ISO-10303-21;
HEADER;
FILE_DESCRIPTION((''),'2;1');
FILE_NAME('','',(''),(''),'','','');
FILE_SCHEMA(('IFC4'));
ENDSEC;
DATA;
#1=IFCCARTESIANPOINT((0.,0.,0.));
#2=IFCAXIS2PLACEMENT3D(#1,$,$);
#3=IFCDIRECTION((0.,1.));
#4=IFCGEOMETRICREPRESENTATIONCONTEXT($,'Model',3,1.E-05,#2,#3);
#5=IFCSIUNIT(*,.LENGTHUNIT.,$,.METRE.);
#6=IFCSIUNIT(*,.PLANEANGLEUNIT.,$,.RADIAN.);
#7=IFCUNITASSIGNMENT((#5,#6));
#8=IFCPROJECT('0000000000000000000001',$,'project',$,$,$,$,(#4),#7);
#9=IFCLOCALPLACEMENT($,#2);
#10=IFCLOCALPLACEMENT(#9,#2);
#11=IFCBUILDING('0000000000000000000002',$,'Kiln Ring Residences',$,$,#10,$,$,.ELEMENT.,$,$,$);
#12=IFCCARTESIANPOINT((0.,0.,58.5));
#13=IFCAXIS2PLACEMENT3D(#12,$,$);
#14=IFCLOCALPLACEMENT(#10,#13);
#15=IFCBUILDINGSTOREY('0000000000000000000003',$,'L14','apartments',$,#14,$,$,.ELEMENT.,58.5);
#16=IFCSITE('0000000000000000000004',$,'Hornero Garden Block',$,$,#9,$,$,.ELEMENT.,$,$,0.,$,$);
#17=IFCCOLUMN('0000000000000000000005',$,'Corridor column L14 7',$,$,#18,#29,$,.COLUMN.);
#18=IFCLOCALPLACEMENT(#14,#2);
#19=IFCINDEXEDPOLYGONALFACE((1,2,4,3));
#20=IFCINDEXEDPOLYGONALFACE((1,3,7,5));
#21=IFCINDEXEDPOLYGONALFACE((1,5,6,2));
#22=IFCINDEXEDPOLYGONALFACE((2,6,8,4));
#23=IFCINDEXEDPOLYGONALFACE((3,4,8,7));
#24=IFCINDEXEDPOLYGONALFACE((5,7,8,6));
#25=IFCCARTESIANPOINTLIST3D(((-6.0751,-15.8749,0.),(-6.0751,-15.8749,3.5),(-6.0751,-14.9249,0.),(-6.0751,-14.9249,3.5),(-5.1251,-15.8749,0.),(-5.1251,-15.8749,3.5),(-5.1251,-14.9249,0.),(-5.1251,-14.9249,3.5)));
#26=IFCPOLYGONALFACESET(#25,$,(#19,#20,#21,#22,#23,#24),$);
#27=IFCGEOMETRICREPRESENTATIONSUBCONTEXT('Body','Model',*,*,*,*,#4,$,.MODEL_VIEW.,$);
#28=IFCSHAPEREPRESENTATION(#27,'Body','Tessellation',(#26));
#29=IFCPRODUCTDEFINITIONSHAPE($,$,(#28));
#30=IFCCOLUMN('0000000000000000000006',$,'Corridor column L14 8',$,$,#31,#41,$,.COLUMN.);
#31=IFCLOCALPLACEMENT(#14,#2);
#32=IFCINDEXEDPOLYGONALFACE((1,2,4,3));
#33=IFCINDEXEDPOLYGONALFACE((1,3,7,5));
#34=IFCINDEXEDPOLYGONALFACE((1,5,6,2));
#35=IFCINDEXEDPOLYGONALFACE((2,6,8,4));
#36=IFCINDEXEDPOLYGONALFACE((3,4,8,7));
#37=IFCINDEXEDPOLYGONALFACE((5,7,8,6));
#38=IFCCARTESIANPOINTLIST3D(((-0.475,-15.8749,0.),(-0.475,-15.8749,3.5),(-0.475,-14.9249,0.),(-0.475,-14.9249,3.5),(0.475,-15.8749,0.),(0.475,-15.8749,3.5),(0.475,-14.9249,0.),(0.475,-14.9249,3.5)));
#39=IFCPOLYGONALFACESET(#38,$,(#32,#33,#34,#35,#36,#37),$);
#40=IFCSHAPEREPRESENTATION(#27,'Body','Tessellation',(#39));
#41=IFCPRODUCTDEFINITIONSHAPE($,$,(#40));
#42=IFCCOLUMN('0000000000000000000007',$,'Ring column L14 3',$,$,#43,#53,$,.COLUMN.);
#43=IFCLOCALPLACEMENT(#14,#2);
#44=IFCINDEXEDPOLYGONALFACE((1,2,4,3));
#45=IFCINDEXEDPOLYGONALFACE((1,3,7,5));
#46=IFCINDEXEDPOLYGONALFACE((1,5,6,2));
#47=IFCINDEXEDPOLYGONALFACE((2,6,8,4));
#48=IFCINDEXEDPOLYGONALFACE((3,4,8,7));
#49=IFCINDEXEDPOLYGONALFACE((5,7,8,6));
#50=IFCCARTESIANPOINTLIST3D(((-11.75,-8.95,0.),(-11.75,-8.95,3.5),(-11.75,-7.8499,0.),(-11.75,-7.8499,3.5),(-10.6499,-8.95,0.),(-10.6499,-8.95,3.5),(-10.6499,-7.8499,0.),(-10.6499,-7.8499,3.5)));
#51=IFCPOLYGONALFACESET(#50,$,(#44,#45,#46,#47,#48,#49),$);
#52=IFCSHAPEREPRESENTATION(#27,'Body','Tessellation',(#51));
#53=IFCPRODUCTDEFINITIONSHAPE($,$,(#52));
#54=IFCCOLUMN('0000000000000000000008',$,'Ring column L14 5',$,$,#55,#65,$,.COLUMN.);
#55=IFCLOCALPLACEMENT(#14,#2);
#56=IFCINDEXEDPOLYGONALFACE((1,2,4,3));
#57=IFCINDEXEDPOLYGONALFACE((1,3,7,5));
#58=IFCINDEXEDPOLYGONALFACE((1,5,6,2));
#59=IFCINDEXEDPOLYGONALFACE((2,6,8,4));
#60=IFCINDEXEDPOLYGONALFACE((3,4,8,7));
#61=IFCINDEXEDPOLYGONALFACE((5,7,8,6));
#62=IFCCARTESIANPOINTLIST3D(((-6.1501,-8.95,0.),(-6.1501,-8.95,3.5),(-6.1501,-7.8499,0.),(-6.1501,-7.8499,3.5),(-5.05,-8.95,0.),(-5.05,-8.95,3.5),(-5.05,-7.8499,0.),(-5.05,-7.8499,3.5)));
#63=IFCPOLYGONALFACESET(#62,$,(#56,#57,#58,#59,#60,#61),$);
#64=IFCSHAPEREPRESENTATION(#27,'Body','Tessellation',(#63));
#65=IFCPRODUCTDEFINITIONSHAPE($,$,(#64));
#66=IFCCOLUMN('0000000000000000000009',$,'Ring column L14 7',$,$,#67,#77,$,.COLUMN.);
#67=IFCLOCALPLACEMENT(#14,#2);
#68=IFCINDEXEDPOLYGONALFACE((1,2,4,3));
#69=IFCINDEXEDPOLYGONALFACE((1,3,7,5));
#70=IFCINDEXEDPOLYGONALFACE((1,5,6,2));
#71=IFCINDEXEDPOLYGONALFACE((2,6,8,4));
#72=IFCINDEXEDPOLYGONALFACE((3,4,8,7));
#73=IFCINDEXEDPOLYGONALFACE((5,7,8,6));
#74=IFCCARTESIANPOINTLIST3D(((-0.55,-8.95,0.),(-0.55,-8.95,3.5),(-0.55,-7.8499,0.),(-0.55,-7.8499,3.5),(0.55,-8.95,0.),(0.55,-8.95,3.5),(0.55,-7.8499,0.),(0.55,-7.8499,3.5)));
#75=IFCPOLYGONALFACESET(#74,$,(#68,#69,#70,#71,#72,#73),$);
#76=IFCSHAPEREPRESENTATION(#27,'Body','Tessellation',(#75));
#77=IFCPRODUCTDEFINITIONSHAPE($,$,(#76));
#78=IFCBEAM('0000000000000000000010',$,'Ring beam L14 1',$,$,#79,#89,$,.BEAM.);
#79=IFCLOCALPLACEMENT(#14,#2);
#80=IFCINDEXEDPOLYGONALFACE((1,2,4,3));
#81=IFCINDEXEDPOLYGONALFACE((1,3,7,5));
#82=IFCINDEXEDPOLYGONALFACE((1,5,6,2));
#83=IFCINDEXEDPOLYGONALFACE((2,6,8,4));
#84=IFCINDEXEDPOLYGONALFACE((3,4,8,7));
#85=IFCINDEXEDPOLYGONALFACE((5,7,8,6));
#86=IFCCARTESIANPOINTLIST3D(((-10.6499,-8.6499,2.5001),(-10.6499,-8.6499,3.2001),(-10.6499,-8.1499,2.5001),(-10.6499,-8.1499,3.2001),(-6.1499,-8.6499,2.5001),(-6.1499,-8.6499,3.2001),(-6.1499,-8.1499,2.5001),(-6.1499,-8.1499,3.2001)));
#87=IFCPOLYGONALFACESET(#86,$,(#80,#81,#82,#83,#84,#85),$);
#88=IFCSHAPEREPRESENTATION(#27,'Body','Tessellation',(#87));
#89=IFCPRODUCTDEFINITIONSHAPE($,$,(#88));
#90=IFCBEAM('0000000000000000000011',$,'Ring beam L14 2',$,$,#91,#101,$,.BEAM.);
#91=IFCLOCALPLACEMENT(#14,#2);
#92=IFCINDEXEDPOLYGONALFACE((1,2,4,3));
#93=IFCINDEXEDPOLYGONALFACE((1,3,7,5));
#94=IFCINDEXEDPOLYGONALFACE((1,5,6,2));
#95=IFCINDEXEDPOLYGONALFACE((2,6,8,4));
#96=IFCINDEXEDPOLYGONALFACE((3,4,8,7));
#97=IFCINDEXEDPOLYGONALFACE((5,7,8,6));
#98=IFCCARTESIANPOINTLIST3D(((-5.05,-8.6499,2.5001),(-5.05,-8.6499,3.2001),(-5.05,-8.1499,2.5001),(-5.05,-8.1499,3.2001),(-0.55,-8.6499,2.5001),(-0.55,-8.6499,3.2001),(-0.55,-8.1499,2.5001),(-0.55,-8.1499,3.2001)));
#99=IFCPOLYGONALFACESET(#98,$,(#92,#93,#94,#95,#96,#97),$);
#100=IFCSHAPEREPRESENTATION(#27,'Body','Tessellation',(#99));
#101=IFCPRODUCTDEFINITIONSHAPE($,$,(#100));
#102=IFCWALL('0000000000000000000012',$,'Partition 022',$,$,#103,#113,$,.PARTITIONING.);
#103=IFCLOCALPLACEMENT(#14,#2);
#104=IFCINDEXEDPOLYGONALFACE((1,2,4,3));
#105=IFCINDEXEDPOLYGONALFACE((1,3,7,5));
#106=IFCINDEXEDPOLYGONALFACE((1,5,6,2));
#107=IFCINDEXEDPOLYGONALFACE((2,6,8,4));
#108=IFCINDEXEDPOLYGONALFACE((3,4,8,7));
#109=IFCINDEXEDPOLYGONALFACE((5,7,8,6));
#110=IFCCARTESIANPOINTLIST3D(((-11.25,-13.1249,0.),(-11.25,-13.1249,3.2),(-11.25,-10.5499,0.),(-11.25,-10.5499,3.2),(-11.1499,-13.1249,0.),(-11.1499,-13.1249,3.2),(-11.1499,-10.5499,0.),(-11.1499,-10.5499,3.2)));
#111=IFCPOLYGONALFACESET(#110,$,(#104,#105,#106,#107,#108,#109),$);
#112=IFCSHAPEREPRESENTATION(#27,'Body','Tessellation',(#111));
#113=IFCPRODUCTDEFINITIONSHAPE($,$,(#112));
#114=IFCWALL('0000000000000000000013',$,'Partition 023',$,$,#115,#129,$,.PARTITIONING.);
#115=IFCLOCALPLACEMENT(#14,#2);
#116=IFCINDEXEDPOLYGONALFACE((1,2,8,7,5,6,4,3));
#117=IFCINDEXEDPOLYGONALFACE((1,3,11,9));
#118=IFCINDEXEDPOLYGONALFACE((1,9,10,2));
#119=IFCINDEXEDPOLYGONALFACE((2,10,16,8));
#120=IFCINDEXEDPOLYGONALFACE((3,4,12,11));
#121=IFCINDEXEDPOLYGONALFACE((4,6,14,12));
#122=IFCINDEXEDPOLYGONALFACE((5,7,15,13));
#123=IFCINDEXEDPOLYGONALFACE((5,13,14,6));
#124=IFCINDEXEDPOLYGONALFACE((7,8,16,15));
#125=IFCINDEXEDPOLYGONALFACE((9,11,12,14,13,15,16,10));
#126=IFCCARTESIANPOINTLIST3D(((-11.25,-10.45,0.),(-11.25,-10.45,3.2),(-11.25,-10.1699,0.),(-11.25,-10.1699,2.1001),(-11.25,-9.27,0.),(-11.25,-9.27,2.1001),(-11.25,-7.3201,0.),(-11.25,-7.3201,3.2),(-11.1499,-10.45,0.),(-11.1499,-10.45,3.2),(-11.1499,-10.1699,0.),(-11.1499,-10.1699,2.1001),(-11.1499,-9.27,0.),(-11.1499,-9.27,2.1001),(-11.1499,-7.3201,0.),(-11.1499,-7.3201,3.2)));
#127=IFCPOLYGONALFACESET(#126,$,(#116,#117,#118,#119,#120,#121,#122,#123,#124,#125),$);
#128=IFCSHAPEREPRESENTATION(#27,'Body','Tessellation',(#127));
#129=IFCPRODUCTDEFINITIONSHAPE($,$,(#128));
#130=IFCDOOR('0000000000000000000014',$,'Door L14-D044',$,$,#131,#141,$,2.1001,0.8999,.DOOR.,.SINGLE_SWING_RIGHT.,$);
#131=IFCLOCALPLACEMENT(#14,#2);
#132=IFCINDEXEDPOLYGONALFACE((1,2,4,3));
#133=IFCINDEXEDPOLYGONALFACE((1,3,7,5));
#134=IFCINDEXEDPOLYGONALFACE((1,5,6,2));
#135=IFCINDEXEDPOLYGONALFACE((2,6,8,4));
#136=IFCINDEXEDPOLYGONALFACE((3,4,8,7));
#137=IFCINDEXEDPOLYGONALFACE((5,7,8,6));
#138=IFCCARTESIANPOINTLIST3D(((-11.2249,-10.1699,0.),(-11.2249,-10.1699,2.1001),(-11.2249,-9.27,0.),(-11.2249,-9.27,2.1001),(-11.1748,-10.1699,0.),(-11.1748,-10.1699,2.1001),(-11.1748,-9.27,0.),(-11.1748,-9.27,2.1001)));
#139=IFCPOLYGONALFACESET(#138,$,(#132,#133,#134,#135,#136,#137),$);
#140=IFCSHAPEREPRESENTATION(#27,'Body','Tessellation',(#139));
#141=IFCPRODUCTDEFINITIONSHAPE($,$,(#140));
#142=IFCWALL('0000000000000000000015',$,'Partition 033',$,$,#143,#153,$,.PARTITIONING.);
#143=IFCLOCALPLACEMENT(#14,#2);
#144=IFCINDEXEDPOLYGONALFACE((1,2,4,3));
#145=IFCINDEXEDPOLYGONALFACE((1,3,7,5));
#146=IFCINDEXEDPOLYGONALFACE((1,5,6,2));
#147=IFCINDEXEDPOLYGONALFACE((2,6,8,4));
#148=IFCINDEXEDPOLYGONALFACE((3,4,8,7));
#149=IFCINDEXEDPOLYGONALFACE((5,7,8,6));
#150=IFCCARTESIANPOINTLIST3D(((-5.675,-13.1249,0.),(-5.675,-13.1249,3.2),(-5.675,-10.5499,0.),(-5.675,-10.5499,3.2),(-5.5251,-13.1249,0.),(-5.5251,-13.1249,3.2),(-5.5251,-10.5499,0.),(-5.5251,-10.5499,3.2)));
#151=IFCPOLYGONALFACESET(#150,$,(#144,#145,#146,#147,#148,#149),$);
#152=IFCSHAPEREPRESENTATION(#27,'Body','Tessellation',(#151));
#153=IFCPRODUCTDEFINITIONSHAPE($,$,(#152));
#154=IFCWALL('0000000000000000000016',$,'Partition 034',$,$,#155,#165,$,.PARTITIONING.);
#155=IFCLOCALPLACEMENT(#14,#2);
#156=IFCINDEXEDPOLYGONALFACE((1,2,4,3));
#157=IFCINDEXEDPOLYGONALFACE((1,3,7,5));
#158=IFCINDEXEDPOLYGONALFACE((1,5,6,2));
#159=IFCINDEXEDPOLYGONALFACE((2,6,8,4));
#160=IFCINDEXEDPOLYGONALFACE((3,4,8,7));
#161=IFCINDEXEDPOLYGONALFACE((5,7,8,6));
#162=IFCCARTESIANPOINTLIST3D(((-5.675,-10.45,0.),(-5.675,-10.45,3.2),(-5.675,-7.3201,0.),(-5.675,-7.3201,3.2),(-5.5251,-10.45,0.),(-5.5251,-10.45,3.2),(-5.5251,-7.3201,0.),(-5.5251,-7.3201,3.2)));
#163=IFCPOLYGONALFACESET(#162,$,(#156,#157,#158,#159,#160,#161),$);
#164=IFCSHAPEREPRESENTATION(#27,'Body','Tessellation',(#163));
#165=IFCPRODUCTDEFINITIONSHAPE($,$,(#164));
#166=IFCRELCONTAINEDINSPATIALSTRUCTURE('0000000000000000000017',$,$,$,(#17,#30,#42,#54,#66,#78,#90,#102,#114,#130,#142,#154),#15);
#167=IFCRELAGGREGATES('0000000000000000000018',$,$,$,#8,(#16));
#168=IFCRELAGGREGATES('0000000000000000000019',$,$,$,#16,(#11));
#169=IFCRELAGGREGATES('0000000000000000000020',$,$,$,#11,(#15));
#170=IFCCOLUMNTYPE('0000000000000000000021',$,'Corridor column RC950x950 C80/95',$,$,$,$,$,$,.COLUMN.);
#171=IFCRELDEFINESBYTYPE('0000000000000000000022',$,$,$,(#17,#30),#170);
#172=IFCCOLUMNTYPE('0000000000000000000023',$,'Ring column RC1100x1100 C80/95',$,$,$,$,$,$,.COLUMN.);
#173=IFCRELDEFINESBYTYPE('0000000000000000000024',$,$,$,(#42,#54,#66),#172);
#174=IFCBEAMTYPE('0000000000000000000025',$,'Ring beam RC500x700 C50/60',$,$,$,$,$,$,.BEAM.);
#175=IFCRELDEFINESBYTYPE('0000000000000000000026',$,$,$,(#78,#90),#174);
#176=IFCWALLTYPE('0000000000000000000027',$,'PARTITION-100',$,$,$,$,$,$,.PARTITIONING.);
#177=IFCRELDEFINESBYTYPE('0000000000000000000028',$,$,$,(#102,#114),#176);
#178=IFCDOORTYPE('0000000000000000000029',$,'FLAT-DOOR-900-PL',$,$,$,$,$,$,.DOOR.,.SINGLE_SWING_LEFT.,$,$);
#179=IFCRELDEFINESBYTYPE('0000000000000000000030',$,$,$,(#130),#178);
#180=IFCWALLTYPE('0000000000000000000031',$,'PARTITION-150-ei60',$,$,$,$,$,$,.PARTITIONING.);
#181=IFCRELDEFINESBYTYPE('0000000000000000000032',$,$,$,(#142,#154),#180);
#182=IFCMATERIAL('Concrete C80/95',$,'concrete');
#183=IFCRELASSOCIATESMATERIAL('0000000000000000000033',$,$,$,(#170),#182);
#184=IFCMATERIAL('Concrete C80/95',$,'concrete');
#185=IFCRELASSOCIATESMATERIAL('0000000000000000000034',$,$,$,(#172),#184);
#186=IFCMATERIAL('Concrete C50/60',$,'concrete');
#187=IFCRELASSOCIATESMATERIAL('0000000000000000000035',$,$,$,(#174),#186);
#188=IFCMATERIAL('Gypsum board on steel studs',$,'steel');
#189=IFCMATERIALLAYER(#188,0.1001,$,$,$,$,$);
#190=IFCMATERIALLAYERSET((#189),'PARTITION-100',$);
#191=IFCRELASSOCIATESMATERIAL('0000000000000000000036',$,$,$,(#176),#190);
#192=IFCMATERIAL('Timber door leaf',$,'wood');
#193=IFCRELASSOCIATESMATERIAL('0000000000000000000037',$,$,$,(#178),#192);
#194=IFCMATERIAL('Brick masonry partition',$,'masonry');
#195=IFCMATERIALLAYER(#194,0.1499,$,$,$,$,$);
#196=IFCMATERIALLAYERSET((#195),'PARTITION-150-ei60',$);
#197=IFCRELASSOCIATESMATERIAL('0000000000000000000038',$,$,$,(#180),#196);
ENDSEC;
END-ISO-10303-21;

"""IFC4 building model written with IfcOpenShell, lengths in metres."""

from ifc_helpers import new_model, si_unit, direction, frame, frame_2d, origin, origin_2d, place, context, subcontext, project, spatial, rectangle, extrude, material, layer, layer_set, material_profile, profile_set, type_object, element, fill, save


model = new_model("IFC4")

# Units and contexts
model_context = context("Model", 3, precision=1e-05, world=origin(), true_north=direction((0.0, 1.0)))
body_context = subcontext(model_context, "Body", "Model", "MODEL_VIEW")
ifc_project = project(units=[si_unit("LENGTHUNIT", "METRE"), si_unit("PLANEANGLEUNIT", "RADIAN")], contexts=[model_context])

# Site, building, storey
site_placement = place(None, origin())
site = spatial("IfcSite", under=ifc_project, at=site_placement, Name="Hornero Garden Block", CompositionType="ELEMENT", RefElevation=0.0)
building_placement = place(site_placement, origin())
building = spatial("IfcBuilding", under=site, at=building_placement, Name="Kiln Ring Residences", CompositionType="ELEMENT")
storey_placement = place(building_placement, frame((0.0, 0.0, 58.5)))
storey = spatial("IfcBuildingStorey", under=building, at=storey_placement, Name="L14", Description="apartments", CompositionType="ELEMENT", Elevation=58.5)

# Columns
ifc_material_1 = material(Name="Concrete C80/95", Category="concrete")
ifc_material_profile_1 = material_profile(ifc_material_1, rectangle(XDim=0.95, YDim=0.95, at=origin_2d()), Name="RC950x950")
ifc_profile_set_1 = profile_set([ifc_material_profile_1], Name="Concrete C80/95")
column_type_1 = type_object("IfcColumnType", Name="Corridor column RC950x950 C80/95", PredefinedType="COLUMN", material=ifc_profile_set_1)
for number, where, z_axis, x_axis, name in (
    (1, (-5.6001, -15.3999, 0.0), (0.0, 0.0, 1.0), (1.0, 0.0, 0.0), "Corridor column L14 7"),
    (2, (0.0, -15.3999, 0.0), (0.0, 0.0, 1.0), (1.0, 0.0, 0.0), "Corridor column L14 8"),
):
    element("IfcColumn", number, at=place(storey_placement, frame(where, z_axis=z_axis, x_axis=x_axis)), inside=storey, type_object=column_type_1, Name=name, PredefinedType="COLUMN", context=body_context, shape_type="SweptSolid", body=[
        extrude(rectangle(XDim=0.95, YDim=0.95, at=origin_2d()), origin(), (0.0, 0.0, 1.0), 3.5),
    ])
ifc_material_2 = material(Name="Concrete C80/95", Category="concrete")
ifc_material_profile_2 = material_profile(ifc_material_2, rectangle(XDim=1.1001, YDim=1.1001, at=origin_2d()), Name="RC1100x1100")
ifc_profile_set_2 = profile_set([ifc_material_profile_2], Name="Concrete C80/95")
column_type_2 = type_object("IfcColumnType", Name="Ring column RC1100x1100 C80/95", PredefinedType="COLUMN", material=ifc_profile_set_2)
for number, where, z_axis, x_axis, name in (
    (3, (-11.2, -8.3999, 0.0), (0.0, 0.0, 1.0), (1.0, 0.0, 0.0), "Ring column L14 3"),
    (4, (-5.6001, -8.3999, 0.0), (0.0, 0.0, 1.0), (1.0, 0.0, 0.0), "Ring column L14 5"),
    (5, (0.0, -8.3999, 0.0), (0.0, 0.0, 1.0), (1.0, 0.0, 0.0), "Ring column L14 7"),
):
    element("IfcColumn", number, at=place(storey_placement, frame(where, z_axis=z_axis, x_axis=x_axis)), inside=storey, type_object=column_type_2, Name=name, PredefinedType="COLUMN", context=body_context, shape_type="SweptSolid", body=[
        extrude(rectangle(XDim=1.1001, YDim=1.1001, at=origin_2d()), origin(), (0.0, 0.0, 1.0), 3.5),
    ])

# Beams
ifc_material_3 = material(Name="Concrete C50/60", Category="concrete")
ifc_material_profile_3 = material_profile(ifc_material_3, rectangle(XDim=0.5, YDim=0.7, at=origin_2d()), Name="RC500x700")
ifc_profile_set_3 = profile_set([ifc_material_profile_3], Name="Concrete C50/60")
beam_type = type_object("IfcBeamType", Name="Ring beam RC500x700 C50/60", PredefinedType="BEAM", material=ifc_profile_set_3)
for number, where, z_axis, x_axis, name in (
    (6, (-10.6499, -8.3999, 2.8501), (1.0, 0.0, 0.0), (0.0, 1.0, 0.0), "Ring beam L14 1"),
    (7, (-5.05, -8.3999, 2.8501), (1.0, 0.0, 0.0), (0.0, 1.0, 0.0), "Ring beam L14 2"),
):
    element("IfcBeam", number, at=place(storey_placement, frame(where, z_axis=z_axis, x_axis=x_axis)), inside=storey, type_object=beam_type, Name=name, PredefinedType="BEAM", context=body_context, shape_type="SweptSolid", body=[
        extrude(rectangle(XDim=0.5, YDim=0.7, at=origin_2d()), origin(), (0.0, 0.0, 1.0), 4.5),
    ])

# Wall
ifc_material_4 = material(Name="Gypsum board on steel studs", Category="steel")
ifc_layer_1 = layer(ifc_material_4, 0.1001)
ifc_layer_set_1 = layer_set([ifc_layer_1], Name="PARTITION-100")
wall_type_1 = type_object("IfcWallType", Name="PARTITION-100", PredefinedType="PARTITIONING", material=ifc_layer_set_1)
wall_1_placement = place(storey_placement, frame((-11.2, -13.125, 0.0), z_axis=(0.0, 0.0, 1.0), x_axis=(0.0, 1.0, 0.0)))
element("IfcWall", 8, at=wall_1_placement, inside=storey, type_object=wall_type_1, Name="Partition 022", PredefinedType="PARTITIONING", context=body_context, shape_type="SweptSolid", body=[
    extrude(rectangle(XDim=2.575, YDim=0.1001, at=frame_2d((1.2876, 0.0))), origin(), (0.0, 0.0, 1.0), 3.2),
])

# Wall, opening, door
wall_2_placement = place(storey_placement, frame((-11.2, -10.45, 0.0), z_axis=(0.0, 0.0, 1.0), x_axis=(0.0, 1.0, 0.0)))
wall_2 = element("IfcWall", 9, at=wall_2_placement, inside=storey, type_object=wall_type_1, Name="Partition 023", PredefinedType="PARTITIONING", context=body_context, shape_type="SweptSolid", body=[
    extrude(rectangle(XDim=3.1299, YDim=0.1001, at=frame_2d((1.5649, 0.0))), origin(), (0.0, 0.0, 1.0), 3.2),
])
opening_placement = place(wall_2_placement, frame((0.28, 0.0, 0.0)))
opening = element("IfcOpeningElement", 10, at=opening_placement, cuts=wall_2, PredefinedType="OPENING", context=body_context, shape_type="SweptSolid", body=[
    extrude(rectangle(XDim=0.8999, YDim=2.1001, at=frame_2d((0.45, 1.05))), frame((0.0, 0.0601, 0.0), z_axis=(0.0, -1.0, 0.0), x_axis=(1.0, 0.0, 0.0)), (0.0, 0.0, 1.0), 0.1201),
])
ifc_material_5 = material(Name="Timber door leaf", Category="wood")
door_type = type_object("IfcDoorType", Name="FLAT-DOOR-900-PL", OperationType="SINGLE_SWING_LEFT", PredefinedType="DOOR", material=ifc_material_5)
door_placement = place(opening_placement, origin())
door = element("IfcDoor", 11, at=door_placement, inside=storey, type_object=door_type, Name="Door L14-D044", OperationType="SINGLE_SWING_RIGHT", OverallHeight=2.1001, OverallWidth=0.8999, PredefinedType="DOOR", context=body_context, shape_type="SweptSolid", body=[
    extrude(rectangle(XDim=0.8999, YDim=2.1001, at=frame_2d((0.45, 1.05))), frame((0.0, 0.0249, 0.0), z_axis=(0.0, -1.0, 0.0), x_axis=(1.0, 0.0, 0.0)), (0.0, 0.0, 1.0), 0.05),
])
fill(opening, door)

# Walls
ifc_material_6 = material(Name="Brick masonry partition", Category="masonry")
ifc_layer_2 = layer(ifc_material_6, 0.1499)
ifc_layer_set_2 = layer_set([ifc_layer_2], Name="PARTITION-150-ei60")
wall_type_2 = type_object("IfcWallType", Name="PARTITION-150-ei60", PredefinedType="PARTITIONING", material=ifc_layer_set_2)
wall_3_placement = place(storey_placement, frame((-5.6001, -13.125, 0.0), z_axis=(0.0, 0.0, 1.0), x_axis=(0.0, 1.0, 0.0)))
element("IfcWall", 12, at=wall_3_placement, inside=storey, type_object=wall_type_2, Name="Partition 033", PredefinedType="PARTITIONING", context=body_context, shape_type="SweptSolid", body=[
    extrude(rectangle(XDim=2.575, YDim=0.1499, at=frame_2d((1.2876, 0.0))), origin(), (0.0, 0.0, 1.0), 3.2),
])
wall_4_placement = place(storey_placement, frame((-5.6001, -10.45, 0.0), z_axis=(0.0, 0.0, 1.0), x_axis=(0.0, 1.0, 0.0)))
element("IfcWall", 13, at=wall_4_placement, inside=storey, type_object=wall_type_2, Name="Partition 034", PredefinedType="PARTITIONING", context=body_context, shape_type="SweptSolid", body=[
    extrude(rectangle(XDim=3.1299, YDim=0.1499, at=frame_2d((1.5649, 0.0))), origin(), (0.0, 0.0, 1.0), 3.2),
])

save(model, "model.ifc")
